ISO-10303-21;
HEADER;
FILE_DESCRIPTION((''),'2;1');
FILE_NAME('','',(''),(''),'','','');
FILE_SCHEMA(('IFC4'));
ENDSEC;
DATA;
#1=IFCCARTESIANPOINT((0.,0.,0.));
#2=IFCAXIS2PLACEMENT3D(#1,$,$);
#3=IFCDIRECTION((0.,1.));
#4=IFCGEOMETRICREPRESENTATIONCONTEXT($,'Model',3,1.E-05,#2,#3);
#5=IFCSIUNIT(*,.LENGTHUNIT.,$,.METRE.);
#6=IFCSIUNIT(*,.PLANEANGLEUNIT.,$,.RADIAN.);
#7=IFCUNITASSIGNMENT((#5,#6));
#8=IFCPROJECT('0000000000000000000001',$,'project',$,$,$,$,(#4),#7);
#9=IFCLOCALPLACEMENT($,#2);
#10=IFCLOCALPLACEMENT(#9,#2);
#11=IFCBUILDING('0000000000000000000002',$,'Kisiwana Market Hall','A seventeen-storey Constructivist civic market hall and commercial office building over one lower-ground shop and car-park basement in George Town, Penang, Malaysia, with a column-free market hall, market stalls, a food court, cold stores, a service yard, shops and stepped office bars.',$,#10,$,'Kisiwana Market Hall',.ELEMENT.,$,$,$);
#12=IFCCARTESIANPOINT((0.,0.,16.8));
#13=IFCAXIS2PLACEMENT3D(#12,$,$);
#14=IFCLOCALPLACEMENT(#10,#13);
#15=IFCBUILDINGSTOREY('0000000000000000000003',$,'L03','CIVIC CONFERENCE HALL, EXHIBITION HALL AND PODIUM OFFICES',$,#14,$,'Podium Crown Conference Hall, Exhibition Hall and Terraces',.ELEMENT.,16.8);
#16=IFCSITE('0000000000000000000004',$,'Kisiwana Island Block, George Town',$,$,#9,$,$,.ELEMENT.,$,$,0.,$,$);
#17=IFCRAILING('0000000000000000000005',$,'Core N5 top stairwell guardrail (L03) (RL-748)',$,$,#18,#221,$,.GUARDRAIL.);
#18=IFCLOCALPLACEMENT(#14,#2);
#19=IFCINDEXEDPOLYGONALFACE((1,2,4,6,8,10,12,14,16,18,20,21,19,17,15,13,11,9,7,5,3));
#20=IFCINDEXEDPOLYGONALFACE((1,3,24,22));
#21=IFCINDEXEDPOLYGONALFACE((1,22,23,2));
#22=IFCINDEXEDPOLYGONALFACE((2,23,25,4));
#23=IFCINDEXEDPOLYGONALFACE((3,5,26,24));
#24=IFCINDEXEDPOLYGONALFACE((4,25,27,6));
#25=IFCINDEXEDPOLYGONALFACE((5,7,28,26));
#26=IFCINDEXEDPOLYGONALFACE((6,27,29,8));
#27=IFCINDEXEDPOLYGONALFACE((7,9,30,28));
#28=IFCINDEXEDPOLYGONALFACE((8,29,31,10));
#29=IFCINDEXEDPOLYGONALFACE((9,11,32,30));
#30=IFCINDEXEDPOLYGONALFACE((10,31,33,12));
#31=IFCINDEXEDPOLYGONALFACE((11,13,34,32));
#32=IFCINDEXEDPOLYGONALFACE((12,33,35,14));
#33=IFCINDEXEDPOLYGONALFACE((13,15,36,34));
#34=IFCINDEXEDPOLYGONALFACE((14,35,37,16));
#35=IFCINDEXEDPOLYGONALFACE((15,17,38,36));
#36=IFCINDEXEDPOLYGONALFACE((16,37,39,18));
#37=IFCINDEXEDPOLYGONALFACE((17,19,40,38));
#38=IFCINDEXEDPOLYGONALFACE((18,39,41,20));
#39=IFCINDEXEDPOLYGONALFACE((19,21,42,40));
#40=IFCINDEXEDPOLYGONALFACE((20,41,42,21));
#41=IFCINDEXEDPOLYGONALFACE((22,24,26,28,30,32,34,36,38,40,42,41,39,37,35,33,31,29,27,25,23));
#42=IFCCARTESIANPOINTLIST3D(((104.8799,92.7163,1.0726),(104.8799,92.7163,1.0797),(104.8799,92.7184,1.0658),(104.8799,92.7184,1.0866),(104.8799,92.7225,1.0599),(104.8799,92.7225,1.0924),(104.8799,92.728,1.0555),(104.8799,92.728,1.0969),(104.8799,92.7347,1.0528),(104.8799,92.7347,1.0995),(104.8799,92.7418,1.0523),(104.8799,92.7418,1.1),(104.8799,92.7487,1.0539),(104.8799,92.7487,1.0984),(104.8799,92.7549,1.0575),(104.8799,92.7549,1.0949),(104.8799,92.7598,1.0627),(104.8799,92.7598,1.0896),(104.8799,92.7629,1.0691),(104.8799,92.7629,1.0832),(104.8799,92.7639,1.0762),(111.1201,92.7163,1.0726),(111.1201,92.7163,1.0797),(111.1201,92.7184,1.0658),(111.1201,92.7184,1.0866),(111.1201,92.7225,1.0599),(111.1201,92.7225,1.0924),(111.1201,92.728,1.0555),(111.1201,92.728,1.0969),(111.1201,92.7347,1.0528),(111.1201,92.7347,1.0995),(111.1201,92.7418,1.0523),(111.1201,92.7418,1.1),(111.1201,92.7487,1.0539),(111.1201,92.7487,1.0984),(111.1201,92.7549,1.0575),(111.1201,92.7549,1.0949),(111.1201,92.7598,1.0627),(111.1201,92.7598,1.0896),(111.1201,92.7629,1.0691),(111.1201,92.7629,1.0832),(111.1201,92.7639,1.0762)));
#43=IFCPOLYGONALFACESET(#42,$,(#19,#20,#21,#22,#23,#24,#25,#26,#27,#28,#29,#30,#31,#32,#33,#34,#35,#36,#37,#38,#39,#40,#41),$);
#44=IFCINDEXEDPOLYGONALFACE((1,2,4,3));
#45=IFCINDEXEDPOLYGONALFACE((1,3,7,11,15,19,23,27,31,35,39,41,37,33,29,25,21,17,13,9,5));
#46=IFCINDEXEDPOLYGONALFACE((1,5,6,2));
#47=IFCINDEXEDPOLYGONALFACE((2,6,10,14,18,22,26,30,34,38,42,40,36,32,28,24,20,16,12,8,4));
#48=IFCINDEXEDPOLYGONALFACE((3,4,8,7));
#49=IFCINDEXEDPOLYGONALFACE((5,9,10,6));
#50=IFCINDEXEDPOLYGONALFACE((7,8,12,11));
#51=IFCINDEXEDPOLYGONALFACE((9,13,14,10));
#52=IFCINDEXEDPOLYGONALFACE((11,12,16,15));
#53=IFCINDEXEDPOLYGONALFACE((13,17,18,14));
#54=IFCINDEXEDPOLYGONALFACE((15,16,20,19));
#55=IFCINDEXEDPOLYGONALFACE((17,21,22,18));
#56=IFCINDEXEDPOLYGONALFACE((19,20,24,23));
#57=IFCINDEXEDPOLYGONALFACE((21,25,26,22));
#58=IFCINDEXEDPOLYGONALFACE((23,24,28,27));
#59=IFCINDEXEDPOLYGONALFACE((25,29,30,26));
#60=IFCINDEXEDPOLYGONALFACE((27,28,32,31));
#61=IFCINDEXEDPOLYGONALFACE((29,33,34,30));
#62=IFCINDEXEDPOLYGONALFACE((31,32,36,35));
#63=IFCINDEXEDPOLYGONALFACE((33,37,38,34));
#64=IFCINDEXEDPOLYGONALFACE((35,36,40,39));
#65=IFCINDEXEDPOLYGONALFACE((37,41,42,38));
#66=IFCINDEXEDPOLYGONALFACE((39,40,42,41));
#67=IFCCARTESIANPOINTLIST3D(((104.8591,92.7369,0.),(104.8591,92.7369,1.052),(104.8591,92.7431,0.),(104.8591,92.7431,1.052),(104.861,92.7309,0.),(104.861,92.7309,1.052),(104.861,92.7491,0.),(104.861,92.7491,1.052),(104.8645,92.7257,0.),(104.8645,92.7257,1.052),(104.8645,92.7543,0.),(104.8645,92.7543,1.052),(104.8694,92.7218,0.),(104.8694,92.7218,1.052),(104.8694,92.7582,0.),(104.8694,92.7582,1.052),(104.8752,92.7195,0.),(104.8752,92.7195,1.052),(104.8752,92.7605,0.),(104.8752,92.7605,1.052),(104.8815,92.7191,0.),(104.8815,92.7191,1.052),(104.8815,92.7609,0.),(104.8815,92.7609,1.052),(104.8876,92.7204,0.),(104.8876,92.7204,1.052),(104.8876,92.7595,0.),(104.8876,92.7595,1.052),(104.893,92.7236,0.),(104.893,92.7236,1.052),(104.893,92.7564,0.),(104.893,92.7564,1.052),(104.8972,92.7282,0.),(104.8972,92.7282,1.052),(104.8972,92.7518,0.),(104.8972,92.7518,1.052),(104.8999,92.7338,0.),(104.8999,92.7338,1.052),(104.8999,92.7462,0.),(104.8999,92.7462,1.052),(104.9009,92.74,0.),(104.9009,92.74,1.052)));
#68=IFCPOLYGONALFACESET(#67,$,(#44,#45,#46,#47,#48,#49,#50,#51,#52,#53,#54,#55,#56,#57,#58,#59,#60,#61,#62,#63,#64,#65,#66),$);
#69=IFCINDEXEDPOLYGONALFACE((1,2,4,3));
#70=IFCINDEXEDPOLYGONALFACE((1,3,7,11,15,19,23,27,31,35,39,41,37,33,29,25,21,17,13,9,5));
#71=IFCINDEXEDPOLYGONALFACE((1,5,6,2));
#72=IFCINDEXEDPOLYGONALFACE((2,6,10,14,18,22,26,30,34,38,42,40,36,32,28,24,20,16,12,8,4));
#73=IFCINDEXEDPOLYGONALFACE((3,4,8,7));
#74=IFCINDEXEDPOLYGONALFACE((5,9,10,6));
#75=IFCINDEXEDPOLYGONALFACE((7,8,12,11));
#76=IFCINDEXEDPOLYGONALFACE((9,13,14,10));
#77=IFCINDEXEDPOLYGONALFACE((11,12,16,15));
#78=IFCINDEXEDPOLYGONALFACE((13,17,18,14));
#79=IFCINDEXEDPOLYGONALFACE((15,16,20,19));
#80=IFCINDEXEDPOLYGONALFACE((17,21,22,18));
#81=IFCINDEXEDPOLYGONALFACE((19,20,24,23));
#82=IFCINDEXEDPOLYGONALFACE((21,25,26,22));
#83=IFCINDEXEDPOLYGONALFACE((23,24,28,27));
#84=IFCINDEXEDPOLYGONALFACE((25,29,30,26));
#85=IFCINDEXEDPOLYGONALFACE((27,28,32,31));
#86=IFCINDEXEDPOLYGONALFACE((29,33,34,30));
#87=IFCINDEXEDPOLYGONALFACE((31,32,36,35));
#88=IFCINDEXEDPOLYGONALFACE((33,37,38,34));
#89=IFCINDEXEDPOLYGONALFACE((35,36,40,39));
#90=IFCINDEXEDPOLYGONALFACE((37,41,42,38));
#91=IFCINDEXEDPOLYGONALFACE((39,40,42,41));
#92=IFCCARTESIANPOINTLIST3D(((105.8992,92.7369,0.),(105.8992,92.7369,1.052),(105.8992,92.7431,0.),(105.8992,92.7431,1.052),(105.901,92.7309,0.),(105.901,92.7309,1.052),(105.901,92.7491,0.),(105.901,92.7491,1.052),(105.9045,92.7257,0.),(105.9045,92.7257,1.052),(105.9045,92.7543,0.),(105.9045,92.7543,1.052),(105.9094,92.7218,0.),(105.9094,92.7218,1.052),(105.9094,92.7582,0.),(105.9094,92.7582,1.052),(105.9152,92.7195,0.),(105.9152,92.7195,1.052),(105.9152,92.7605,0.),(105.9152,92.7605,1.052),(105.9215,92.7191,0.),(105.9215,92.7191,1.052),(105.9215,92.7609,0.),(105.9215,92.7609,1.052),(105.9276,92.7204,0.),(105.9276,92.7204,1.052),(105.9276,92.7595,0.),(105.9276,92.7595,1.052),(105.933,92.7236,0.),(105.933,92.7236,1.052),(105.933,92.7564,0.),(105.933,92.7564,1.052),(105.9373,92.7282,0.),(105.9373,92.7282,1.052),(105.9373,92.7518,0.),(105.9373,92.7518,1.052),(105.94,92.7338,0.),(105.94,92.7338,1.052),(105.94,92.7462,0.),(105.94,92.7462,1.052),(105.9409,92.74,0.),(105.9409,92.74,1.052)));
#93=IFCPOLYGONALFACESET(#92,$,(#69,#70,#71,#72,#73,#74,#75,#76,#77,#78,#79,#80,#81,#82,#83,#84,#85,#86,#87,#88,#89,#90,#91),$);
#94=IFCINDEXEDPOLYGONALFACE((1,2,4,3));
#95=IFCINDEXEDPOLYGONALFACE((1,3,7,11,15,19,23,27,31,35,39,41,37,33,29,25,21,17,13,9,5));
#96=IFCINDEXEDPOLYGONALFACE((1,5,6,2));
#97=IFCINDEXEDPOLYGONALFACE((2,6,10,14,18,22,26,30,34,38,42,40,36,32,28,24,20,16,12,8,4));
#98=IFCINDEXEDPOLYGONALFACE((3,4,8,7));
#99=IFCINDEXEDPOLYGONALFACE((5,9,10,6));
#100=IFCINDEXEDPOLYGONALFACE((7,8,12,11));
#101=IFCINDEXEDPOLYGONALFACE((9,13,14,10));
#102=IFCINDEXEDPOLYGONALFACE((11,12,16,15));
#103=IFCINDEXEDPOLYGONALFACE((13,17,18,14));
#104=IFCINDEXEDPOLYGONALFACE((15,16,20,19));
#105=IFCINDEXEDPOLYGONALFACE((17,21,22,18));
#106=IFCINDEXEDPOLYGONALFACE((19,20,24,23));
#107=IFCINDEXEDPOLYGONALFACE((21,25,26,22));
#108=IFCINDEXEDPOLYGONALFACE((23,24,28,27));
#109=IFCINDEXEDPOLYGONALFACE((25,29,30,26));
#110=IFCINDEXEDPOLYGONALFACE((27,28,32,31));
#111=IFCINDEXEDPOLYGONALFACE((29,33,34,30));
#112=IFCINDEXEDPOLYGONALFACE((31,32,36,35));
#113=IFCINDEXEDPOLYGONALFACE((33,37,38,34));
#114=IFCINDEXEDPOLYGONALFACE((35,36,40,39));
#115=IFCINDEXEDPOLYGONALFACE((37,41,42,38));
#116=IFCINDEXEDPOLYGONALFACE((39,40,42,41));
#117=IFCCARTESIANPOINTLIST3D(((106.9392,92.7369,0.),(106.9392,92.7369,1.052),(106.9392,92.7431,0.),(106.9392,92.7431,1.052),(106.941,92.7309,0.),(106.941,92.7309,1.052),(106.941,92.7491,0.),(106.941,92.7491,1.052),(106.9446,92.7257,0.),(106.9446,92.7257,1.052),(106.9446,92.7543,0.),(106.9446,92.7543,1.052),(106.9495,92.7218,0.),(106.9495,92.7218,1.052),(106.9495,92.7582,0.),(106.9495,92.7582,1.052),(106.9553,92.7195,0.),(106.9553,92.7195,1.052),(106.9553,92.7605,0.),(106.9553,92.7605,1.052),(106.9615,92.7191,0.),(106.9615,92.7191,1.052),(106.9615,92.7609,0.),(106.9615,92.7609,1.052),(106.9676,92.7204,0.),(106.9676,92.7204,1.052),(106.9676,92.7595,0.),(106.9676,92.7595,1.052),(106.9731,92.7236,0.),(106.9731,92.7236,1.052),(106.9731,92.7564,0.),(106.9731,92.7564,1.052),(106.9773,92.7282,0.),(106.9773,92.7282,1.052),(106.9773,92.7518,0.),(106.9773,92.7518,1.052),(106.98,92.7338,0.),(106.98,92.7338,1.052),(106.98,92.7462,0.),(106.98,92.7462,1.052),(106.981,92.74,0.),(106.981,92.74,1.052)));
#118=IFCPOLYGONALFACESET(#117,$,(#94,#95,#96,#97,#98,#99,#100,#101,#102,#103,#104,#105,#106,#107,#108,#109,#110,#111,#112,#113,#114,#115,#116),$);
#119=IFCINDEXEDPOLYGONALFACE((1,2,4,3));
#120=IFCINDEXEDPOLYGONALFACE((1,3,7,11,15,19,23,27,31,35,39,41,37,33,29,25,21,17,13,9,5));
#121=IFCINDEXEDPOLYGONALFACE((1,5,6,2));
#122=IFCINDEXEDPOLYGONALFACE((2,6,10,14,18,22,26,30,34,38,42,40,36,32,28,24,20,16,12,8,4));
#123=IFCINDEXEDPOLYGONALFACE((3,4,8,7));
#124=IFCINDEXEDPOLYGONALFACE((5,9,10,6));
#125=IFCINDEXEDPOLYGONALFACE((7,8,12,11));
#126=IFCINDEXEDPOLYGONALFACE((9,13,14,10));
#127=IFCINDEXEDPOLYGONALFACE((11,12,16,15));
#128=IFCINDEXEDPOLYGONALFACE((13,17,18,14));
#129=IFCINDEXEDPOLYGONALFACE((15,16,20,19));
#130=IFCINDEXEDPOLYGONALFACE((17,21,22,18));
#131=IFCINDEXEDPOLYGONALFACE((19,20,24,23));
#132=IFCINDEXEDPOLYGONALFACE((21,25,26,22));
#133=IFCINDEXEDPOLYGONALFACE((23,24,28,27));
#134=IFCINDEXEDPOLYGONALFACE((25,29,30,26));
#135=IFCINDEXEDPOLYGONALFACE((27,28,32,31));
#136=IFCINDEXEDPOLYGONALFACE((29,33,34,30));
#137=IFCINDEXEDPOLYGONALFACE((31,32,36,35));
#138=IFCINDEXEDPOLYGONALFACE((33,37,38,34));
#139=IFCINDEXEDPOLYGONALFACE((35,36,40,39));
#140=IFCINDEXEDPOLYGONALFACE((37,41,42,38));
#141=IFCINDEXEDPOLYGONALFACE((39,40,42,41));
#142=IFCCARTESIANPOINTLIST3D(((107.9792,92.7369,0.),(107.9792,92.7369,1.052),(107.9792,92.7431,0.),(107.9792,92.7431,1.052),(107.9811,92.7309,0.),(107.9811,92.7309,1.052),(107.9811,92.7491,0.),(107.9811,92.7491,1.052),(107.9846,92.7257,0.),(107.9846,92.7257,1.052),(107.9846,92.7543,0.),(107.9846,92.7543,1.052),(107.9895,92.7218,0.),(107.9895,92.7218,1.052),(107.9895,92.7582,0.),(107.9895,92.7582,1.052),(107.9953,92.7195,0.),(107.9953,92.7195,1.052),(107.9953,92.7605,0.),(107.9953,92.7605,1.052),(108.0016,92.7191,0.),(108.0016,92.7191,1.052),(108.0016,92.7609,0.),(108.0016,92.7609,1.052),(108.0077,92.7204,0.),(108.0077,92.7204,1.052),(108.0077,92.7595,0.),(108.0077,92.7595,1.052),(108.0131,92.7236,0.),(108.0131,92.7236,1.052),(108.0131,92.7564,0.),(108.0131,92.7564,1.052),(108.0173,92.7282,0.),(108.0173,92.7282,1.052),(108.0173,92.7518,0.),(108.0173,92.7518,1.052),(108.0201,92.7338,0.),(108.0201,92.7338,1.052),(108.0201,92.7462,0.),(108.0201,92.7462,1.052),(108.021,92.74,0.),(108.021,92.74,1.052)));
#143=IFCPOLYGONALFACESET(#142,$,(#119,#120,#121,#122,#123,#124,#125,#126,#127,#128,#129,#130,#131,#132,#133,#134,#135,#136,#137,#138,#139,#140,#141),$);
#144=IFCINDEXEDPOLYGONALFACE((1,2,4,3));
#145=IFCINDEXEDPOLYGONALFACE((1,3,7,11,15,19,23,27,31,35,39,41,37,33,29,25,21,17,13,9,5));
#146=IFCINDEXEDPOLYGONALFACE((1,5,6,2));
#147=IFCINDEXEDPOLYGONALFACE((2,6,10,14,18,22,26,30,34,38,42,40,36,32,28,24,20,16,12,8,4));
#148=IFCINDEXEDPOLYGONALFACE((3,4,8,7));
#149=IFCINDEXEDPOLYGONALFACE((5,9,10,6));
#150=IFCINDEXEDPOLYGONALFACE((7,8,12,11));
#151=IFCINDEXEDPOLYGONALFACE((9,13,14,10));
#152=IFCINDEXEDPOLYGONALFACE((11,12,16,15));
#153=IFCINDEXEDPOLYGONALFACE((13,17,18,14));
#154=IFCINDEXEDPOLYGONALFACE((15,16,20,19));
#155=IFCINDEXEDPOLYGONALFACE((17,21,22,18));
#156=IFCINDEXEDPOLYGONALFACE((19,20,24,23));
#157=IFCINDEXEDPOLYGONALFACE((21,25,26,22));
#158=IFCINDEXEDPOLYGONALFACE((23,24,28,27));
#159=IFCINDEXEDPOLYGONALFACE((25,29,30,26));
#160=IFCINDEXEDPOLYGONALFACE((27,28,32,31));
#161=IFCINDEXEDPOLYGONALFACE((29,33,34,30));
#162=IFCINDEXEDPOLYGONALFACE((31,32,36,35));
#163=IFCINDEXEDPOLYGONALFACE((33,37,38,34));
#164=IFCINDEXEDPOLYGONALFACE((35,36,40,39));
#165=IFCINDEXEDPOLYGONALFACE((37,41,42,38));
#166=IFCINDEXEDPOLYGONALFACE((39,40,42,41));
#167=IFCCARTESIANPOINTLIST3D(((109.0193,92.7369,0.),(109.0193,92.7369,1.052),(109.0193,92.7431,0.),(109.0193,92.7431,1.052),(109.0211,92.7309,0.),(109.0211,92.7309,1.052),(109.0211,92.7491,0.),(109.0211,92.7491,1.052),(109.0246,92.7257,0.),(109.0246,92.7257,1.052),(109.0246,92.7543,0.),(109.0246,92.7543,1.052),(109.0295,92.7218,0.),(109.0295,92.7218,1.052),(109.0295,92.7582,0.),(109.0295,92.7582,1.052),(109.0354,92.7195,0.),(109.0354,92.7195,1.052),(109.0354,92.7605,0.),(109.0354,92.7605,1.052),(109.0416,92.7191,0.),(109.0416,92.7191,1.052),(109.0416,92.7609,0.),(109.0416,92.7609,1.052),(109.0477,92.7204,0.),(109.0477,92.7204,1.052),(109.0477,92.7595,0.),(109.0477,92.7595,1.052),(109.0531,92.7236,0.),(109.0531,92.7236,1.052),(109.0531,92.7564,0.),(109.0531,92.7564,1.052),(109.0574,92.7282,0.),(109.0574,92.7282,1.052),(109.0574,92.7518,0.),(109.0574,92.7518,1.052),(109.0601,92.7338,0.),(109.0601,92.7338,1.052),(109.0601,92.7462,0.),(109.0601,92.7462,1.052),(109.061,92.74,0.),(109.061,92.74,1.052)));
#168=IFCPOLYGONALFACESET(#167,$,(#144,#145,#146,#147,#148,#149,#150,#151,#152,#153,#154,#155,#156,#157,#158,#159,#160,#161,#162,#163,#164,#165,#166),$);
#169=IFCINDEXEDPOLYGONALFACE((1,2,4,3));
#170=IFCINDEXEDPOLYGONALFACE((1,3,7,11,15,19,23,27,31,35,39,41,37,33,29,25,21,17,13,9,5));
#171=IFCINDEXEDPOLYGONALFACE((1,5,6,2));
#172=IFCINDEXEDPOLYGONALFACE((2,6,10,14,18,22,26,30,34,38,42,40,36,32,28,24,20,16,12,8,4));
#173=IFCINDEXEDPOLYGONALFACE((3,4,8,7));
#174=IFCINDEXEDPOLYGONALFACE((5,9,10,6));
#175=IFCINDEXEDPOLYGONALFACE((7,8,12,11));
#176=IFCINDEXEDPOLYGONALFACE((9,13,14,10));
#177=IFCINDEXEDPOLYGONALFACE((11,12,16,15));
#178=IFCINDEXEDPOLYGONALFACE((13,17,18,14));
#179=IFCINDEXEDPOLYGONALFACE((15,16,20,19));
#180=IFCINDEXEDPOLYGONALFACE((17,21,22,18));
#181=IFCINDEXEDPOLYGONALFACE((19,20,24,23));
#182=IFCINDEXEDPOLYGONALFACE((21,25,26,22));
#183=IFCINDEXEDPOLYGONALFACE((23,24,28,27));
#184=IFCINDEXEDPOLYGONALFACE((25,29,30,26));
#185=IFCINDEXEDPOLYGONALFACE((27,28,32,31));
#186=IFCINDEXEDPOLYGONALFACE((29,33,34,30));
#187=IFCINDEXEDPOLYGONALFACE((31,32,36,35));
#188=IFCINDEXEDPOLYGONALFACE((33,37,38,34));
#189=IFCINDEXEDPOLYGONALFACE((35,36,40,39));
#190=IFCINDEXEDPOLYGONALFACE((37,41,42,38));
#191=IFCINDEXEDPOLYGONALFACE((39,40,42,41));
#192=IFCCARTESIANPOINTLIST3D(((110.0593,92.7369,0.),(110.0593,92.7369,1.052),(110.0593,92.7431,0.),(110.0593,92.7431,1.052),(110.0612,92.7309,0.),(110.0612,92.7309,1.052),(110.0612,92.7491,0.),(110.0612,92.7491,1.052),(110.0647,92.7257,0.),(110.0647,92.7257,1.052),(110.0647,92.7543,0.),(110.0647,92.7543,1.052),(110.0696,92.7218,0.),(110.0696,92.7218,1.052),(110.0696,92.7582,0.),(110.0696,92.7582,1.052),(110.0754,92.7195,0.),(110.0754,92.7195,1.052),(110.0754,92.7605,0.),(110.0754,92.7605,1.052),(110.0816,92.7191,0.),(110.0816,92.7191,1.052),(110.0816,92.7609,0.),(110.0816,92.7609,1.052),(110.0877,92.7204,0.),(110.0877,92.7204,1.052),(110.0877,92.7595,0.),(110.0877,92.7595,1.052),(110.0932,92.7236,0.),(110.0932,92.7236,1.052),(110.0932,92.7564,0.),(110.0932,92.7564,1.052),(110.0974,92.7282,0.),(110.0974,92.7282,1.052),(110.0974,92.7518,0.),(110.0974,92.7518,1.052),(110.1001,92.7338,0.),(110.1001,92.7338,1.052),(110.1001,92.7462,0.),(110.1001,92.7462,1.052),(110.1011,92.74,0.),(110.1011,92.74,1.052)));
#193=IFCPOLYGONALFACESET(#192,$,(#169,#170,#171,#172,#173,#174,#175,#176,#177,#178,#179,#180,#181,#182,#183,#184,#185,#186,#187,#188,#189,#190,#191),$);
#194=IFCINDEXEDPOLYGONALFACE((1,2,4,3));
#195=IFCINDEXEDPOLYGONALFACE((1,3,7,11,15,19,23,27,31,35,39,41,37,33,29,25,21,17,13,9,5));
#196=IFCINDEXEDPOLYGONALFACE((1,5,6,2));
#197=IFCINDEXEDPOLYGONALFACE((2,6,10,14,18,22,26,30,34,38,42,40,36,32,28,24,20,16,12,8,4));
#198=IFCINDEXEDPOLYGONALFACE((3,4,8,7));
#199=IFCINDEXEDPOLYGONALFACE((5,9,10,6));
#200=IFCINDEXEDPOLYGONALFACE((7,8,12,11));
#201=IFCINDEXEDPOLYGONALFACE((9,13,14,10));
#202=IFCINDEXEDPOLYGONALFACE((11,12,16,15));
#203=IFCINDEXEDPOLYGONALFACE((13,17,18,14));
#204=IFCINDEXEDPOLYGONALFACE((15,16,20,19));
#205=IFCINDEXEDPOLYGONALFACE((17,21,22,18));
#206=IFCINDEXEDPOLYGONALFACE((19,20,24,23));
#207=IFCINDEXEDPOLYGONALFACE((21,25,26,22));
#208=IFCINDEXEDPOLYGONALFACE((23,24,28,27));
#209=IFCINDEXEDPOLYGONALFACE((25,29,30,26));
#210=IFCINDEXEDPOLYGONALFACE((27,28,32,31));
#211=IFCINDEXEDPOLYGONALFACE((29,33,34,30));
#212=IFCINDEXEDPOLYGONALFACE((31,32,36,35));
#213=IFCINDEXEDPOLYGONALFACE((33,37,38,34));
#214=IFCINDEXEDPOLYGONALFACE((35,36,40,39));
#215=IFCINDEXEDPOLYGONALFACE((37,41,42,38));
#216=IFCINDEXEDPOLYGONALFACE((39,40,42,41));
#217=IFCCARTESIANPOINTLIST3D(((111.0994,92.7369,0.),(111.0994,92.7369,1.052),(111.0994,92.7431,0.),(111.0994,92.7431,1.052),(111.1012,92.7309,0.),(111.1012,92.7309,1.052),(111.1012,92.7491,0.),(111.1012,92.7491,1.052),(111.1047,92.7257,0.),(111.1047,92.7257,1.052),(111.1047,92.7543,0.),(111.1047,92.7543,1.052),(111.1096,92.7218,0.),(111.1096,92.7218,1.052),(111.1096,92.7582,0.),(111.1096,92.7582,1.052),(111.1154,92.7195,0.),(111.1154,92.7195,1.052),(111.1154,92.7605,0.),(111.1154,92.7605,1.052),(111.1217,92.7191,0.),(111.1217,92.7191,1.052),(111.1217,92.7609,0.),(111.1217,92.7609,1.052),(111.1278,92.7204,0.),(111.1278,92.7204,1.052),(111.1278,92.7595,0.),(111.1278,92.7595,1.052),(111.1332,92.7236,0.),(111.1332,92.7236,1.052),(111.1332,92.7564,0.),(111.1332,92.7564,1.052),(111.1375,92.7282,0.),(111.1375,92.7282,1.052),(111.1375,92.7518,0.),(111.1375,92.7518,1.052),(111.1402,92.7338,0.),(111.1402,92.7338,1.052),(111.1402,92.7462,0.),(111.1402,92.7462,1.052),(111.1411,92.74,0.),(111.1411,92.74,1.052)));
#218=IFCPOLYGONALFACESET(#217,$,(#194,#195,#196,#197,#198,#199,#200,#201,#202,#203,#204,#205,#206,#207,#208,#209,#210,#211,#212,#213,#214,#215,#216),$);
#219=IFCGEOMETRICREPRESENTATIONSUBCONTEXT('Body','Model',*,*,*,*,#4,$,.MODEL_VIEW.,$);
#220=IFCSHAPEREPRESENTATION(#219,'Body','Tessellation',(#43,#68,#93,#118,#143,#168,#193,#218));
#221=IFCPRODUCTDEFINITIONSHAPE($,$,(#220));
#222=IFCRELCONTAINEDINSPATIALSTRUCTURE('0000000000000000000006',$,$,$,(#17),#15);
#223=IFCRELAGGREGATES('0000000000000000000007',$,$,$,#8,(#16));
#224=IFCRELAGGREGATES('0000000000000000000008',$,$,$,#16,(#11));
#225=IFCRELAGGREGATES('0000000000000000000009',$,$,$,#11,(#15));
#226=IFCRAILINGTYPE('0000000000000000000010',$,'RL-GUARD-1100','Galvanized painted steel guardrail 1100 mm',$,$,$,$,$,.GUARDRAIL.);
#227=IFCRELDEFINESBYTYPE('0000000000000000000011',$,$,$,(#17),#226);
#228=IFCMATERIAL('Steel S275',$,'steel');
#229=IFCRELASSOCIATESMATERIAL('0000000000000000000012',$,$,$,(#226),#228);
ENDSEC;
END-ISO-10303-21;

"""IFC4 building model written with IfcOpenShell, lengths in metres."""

from ifc_helpers import new_model, si_unit, direction, frame, origin, origin_2d, place, context, subcontext, project, spatial, circle, extrude, material, type_object, element, save


model = new_model("IFC4")

# Units and contexts
model_context = context("Model", 3, precision=1e-05, world=origin(), true_north=direction((0.0, 1.0)))
body_context = subcontext(model_context, "Body", "Model", "MODEL_VIEW")
ifc_project = project(units=[si_unit("LENGTHUNIT", "METRE"), si_unit("PLANEANGLEUNIT", "RADIAN")], contexts=[model_context])

# Site, building, storey
site_placement = place(None, origin())
site = spatial("IfcSite", under=ifc_project, at=site_placement, Name="Kisiwana Island Block, George Town", CompositionType="ELEMENT", RefElevation=0.0)
building_placement = place(site_placement, origin())
building = spatial("IfcBuilding", under=site, at=building_placement, Name="Kisiwana Market Hall", Description="A seventeen-storey Constructivist civic market hall and commercial office building over one lower-ground shop and car-park basement in George Town, Penang, Malaysia, with a column-free market hall, market stalls, a food court, cold stores, a service yard, shops and stepped office bars.", LongName="Kisiwana Market Hall", CompositionType="ELEMENT")
storey_placement = place(building_placement, frame((0.0, 0.0, 16.8)))
storey = spatial("IfcBuildingStorey", under=building, at=storey_placement, Name="L03", Description="CIVIC CONFERENCE HALL, EXHIBITION HALL AND PODIUM OFFICES", LongName="Podium Crown Conference Hall, Exhibition Hall and Terraces", CompositionType="ELEMENT", Elevation=16.8)

# Railing
ifc_material_1 = material(Name="Steel S275", Category="steel")
railing_type = type_object("IfcRailingType", Name="RL-GUARD-1100", Description="Galvanized painted steel guardrail 1100 mm", PredefinedType="GUARDRAIL", material=ifc_material_1)
railing_placement = place(storey_placement, frame((104.8799, 92.74, 0.0)))
element("IfcRailing", 1, at=railing_placement, inside=storey, type_object=railing_type, Name="Core N5 top stairwell guardrail (L03) (RL-748)", PredefinedType="GUARDRAIL", context=body_context, shape_type="SweptSolid", body=[
    extrude(circle(Radius=0.0239, at=origin_2d()), frame((0.0, 0.0, 1.0762), z_axis=(1.0, 0.0, 0.0), x_axis=(0.0, 1.0, 0.0)), (0.0, 0.0, 1.0), 6.2402),
    extrude(circle(Radius=0.021, at=origin_2d()), origin(), (0.0, 0.0, 1.0), 1.052),
    extrude(circle(Radius=0.021, at=origin_2d()), frame((1.04, 0.0, 0.0)), (0.0, 0.0, 1.0), 1.052),
    extrude(circle(Radius=0.021, at=origin_2d()), frame((2.0801, 0.0, 0.0)), (0.0, 0.0, 1.0), 1.052),
    extrude(circle(Radius=0.021, at=origin_2d()), frame((3.1201, 0.0, 0.0)), (0.0, 0.0, 1.0), 1.052),
    extrude(circle(Radius=0.021, at=origin_2d()), frame((4.1602, 0.0, 0.0)), (0.0, 0.0, 1.0), 1.052),
    extrude(circle(Radius=0.021, at=origin_2d()), frame((5.2002, 0.0, 0.0)), (0.0, 0.0, 1.0), 1.052),
    extrude(circle(Radius=0.021, at=origin_2d()), frame((6.2402, 0.0, 0.0)), (0.0, 0.0, 1.0), 1.052),
])

save(model, "model.ifc")
